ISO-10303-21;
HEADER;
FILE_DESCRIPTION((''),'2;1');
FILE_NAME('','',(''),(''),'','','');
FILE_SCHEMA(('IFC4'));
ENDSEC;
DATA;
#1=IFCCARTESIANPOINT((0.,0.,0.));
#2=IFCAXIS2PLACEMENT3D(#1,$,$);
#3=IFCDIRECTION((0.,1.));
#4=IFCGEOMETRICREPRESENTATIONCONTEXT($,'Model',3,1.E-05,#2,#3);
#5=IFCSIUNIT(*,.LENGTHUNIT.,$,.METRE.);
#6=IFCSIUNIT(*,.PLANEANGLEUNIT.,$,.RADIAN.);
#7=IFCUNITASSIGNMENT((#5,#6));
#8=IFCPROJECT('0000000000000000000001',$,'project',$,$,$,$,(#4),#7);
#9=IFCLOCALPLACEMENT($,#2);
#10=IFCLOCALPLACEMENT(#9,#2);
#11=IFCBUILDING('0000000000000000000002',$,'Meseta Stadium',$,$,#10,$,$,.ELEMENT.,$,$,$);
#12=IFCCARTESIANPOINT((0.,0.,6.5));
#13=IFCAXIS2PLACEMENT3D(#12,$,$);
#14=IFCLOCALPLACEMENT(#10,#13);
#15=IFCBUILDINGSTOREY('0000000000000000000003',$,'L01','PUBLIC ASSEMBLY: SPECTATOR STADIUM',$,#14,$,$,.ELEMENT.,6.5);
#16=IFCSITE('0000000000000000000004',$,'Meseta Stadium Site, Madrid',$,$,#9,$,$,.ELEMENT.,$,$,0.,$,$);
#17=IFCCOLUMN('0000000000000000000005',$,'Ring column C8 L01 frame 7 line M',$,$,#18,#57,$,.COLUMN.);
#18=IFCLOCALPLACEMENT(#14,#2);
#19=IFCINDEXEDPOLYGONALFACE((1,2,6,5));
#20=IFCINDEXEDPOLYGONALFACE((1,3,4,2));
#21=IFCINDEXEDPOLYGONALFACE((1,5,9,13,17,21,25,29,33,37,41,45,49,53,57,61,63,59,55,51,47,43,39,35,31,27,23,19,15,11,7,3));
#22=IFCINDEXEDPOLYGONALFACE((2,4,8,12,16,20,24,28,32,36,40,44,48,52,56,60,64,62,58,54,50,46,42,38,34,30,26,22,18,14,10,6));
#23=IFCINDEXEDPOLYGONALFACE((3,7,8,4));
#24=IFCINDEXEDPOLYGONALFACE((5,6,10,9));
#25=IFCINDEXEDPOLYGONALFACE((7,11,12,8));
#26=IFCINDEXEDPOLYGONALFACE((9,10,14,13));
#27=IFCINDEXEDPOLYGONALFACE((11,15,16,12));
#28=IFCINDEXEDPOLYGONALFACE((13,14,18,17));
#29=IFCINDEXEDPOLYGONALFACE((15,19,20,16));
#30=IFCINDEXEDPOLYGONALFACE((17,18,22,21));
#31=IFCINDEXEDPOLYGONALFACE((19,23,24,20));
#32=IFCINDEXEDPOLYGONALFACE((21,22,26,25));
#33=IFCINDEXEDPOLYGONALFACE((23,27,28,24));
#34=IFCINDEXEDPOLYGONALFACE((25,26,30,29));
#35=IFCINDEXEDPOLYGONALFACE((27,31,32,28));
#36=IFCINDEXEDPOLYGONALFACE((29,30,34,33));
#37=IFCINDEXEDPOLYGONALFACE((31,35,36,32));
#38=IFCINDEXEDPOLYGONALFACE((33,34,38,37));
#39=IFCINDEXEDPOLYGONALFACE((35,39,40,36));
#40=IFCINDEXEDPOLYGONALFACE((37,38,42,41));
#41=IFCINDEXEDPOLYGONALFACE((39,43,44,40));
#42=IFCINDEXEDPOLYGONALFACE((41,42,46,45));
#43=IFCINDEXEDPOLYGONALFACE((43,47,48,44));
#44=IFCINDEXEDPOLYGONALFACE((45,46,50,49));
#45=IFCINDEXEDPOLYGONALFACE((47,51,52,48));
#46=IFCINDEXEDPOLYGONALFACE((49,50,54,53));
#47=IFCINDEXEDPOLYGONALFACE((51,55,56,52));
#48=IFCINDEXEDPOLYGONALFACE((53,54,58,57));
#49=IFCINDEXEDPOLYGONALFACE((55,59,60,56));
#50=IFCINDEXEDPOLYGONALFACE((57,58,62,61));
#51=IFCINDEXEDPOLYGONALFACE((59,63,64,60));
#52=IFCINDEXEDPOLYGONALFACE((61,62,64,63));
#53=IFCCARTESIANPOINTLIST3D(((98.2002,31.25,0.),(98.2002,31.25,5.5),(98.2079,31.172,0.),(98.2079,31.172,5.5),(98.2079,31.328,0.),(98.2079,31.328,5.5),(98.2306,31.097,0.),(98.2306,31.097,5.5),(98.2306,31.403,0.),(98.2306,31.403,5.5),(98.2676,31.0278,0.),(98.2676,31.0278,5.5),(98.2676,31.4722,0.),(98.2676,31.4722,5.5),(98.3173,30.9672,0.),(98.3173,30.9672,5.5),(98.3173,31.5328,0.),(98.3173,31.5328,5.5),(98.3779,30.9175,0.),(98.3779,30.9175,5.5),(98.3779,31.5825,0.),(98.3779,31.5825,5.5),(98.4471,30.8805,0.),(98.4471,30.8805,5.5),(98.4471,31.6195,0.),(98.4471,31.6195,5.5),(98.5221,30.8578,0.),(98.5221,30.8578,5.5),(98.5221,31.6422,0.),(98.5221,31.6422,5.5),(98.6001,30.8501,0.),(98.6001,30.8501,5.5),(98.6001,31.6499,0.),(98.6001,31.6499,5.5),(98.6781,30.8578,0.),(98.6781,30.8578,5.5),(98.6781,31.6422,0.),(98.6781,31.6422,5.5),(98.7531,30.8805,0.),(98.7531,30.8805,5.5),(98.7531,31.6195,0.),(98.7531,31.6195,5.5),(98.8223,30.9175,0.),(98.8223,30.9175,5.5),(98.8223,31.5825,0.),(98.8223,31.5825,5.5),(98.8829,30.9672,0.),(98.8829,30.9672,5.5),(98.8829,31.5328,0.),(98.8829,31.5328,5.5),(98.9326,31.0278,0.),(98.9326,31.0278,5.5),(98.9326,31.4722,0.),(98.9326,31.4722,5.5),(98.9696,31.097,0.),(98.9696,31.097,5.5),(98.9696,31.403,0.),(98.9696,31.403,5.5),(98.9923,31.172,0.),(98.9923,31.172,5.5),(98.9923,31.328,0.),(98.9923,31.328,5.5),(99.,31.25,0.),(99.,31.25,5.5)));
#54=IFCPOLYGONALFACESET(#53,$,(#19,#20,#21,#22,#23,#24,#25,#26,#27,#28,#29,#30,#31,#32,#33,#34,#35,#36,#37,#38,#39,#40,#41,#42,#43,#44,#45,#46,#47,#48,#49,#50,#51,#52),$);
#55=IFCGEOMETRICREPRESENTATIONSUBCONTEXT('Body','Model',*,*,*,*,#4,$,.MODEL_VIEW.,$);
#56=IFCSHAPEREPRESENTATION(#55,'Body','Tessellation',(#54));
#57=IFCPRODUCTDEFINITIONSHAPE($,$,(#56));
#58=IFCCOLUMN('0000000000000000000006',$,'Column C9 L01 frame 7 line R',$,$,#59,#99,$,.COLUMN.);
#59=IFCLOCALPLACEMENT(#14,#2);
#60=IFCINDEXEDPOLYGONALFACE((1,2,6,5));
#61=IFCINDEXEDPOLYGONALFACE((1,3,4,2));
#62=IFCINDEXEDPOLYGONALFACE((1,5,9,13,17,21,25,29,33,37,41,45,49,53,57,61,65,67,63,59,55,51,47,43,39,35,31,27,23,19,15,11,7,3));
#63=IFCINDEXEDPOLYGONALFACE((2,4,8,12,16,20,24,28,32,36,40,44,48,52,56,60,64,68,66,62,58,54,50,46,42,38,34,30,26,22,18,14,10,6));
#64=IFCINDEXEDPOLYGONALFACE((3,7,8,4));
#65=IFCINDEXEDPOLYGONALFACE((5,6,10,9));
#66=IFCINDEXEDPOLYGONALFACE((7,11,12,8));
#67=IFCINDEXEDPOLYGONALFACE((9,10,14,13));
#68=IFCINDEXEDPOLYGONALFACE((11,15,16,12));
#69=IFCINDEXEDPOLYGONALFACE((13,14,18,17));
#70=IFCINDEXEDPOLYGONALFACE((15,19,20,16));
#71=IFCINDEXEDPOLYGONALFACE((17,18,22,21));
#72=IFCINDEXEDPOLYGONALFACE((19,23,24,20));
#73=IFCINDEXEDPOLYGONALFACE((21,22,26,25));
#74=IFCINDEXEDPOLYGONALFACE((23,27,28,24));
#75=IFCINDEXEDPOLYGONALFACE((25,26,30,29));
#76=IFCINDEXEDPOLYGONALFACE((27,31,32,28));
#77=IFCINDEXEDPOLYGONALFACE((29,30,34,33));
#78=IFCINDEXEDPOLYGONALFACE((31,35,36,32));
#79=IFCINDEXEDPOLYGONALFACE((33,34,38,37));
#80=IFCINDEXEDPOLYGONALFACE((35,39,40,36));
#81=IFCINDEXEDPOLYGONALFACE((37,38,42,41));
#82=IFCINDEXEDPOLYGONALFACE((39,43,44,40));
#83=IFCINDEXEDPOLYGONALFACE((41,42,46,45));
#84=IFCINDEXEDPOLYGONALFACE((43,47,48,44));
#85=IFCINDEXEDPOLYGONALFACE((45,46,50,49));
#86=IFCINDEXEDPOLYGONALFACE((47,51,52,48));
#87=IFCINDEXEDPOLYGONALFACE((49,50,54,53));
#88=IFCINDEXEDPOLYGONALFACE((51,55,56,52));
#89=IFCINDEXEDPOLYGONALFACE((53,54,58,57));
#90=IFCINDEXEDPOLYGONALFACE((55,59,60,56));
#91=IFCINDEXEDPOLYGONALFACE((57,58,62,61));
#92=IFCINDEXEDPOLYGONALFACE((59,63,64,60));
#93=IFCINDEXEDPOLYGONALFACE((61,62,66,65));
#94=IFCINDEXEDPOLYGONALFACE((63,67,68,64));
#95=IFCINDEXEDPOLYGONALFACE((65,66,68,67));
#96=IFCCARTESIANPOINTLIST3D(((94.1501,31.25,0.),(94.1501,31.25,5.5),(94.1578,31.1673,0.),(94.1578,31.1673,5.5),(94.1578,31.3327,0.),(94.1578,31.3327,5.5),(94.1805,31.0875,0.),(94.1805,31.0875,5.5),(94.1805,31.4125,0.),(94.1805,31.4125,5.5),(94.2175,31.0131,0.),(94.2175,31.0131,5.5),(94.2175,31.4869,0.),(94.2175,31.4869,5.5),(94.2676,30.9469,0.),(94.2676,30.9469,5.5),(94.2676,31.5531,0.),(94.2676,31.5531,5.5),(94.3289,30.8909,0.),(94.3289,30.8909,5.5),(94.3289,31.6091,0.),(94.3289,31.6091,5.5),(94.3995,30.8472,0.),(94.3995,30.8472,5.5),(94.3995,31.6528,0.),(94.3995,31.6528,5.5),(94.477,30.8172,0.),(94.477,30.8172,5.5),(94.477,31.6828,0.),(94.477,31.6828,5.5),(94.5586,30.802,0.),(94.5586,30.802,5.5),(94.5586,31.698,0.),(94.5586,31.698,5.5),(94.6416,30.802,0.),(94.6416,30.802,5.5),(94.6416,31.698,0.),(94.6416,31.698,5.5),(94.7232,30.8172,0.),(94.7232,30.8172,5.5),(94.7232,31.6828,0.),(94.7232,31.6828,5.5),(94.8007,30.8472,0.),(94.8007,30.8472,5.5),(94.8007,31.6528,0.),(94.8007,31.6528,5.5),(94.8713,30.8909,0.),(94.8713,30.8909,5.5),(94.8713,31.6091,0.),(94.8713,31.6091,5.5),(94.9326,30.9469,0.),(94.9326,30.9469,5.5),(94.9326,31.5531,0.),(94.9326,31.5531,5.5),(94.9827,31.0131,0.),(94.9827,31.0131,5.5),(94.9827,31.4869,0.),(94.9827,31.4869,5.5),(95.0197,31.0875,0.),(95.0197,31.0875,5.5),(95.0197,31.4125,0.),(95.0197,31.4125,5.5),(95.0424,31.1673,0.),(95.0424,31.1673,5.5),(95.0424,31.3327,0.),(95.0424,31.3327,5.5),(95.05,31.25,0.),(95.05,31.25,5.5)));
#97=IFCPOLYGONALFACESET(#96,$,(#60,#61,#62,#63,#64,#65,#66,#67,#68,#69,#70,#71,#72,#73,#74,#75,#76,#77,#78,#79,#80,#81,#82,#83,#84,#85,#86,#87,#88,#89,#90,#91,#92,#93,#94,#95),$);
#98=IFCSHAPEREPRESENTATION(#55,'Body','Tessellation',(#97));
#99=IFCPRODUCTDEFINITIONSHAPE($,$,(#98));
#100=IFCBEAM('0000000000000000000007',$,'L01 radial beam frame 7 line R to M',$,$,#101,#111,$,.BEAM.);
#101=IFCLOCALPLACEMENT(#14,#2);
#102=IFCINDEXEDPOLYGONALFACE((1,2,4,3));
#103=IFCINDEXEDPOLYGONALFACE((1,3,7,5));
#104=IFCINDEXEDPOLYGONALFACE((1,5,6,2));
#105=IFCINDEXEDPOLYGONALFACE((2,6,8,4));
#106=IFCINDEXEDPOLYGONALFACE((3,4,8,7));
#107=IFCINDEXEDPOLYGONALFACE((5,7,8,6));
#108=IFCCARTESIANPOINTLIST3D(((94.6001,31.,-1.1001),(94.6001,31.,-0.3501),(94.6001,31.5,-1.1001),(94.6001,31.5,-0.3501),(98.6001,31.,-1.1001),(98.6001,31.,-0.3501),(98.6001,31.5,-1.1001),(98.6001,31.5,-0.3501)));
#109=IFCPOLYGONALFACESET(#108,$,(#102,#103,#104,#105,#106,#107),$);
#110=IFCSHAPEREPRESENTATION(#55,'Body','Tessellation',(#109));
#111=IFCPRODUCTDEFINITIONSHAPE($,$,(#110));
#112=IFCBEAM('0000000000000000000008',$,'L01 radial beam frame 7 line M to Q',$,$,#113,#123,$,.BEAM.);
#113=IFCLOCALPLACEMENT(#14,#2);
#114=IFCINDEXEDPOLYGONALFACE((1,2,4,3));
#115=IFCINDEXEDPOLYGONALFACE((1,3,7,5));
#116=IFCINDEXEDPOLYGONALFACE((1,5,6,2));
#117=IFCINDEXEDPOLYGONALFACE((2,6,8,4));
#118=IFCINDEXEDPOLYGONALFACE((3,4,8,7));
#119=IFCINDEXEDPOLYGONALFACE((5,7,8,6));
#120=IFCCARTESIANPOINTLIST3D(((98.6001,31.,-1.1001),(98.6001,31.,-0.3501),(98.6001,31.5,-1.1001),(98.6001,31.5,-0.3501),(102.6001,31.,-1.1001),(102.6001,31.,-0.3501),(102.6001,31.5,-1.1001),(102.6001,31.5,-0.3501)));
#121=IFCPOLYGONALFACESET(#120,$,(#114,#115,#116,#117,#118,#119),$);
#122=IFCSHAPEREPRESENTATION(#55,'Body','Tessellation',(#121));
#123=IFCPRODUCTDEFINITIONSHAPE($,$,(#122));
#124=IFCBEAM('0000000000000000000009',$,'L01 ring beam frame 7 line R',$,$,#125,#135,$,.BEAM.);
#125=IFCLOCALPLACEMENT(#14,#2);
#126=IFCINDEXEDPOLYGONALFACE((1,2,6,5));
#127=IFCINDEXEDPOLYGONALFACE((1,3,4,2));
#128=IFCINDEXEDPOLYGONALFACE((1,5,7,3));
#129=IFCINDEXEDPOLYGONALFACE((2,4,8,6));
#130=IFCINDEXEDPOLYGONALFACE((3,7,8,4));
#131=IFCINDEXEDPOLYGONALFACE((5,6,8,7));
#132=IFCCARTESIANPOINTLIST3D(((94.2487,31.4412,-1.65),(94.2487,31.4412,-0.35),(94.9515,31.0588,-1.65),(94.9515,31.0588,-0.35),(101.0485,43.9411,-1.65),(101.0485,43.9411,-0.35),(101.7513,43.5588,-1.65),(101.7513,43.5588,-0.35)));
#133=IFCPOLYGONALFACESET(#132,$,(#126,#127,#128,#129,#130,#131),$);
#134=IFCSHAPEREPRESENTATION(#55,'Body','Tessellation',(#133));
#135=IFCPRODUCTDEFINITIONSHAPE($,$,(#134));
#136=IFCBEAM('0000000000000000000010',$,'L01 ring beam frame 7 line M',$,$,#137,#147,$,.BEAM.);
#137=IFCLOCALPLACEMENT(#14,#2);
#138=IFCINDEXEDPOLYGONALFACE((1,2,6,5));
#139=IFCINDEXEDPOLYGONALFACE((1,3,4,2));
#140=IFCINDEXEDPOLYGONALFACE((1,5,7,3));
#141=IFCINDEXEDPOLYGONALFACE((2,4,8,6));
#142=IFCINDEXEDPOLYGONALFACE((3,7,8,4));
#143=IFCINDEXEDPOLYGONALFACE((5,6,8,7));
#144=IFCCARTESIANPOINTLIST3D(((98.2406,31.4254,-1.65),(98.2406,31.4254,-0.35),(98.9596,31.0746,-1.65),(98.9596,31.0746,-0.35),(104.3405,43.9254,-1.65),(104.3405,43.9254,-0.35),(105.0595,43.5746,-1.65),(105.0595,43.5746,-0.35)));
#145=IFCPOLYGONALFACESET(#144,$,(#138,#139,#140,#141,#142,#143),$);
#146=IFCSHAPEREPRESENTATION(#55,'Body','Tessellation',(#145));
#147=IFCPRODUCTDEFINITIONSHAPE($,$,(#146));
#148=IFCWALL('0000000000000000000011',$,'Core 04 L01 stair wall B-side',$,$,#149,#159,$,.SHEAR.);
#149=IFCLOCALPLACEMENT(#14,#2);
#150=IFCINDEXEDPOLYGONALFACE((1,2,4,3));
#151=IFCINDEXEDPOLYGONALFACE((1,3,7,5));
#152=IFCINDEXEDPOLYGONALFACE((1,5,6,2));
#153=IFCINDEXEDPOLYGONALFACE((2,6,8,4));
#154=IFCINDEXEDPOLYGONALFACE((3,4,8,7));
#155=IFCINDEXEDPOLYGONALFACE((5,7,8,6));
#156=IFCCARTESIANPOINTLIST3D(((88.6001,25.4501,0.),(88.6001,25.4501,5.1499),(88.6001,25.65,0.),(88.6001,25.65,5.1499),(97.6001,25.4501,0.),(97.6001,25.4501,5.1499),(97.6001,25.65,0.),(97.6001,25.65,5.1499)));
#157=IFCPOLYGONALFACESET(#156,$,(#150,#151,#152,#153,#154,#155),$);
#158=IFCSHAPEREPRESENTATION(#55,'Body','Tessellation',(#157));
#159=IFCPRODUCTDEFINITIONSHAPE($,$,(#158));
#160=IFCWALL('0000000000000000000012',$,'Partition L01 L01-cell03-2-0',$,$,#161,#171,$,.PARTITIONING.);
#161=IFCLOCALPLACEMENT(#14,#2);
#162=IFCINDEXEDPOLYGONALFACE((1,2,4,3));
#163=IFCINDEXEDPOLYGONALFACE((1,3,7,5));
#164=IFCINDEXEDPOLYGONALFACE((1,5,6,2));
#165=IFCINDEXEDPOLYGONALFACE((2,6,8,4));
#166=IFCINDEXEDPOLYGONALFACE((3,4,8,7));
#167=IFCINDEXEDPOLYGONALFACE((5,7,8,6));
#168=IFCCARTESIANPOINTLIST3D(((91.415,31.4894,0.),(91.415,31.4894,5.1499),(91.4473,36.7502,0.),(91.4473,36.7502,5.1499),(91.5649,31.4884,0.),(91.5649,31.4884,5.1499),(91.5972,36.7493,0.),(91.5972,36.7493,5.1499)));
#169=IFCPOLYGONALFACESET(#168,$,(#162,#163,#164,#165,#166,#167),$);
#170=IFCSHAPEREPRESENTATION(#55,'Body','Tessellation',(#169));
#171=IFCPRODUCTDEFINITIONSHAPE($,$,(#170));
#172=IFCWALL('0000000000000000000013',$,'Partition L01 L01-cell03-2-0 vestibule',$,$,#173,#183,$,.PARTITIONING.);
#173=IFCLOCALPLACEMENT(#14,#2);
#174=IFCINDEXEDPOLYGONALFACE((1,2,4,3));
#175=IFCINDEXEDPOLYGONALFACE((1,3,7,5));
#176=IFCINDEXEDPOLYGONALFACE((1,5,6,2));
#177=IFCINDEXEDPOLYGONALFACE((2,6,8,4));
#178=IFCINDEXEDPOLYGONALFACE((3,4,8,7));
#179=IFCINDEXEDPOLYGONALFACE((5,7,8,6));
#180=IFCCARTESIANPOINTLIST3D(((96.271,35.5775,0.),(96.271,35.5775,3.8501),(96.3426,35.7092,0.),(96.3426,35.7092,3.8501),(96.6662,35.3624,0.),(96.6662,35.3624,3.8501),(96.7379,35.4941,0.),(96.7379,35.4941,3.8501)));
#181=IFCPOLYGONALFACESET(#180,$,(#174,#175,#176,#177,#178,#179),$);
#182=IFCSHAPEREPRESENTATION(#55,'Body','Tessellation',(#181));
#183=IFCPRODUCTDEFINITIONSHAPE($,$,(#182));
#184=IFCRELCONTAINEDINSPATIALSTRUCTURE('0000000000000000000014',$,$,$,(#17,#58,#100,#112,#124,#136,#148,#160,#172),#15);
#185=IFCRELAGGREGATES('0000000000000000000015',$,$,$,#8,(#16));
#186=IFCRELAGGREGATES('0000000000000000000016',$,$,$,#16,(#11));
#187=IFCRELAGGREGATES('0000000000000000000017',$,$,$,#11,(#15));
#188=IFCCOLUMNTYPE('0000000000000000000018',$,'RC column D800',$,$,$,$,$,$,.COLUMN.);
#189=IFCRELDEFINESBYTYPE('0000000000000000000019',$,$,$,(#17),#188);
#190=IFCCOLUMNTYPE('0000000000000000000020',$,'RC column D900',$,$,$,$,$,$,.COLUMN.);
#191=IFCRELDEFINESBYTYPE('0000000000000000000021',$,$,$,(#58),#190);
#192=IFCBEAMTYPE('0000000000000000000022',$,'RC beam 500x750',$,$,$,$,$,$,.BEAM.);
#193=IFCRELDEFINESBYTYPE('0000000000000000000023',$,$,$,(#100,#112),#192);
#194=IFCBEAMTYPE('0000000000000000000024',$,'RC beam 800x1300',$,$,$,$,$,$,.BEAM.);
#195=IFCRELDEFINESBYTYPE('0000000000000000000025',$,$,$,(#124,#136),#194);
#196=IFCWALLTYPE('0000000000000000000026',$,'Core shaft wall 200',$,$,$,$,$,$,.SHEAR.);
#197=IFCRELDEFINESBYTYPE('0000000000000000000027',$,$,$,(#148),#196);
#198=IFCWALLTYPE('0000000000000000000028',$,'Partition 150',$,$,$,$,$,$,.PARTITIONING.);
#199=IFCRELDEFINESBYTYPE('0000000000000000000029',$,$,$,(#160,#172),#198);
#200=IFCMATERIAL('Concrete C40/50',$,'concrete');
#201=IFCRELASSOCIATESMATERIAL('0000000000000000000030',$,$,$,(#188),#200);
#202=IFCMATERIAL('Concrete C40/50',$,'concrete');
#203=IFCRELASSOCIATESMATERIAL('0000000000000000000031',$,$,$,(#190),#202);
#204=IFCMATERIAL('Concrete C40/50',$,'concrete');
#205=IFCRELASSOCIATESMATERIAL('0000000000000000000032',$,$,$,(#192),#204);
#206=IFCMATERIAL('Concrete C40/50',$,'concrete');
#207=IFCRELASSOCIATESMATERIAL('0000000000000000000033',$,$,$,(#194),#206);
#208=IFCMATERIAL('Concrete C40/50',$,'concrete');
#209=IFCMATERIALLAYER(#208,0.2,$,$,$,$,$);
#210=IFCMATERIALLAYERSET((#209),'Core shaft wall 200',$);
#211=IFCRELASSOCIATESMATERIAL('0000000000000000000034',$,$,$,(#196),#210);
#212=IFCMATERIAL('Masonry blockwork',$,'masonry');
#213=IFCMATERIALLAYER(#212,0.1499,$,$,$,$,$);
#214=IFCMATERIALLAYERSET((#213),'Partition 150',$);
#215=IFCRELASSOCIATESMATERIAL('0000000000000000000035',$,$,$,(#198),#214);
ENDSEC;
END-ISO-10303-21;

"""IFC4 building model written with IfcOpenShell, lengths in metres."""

from ifc_helpers import new_model, si_unit, direction, frame, frame_2d, origin, origin_2d, place, context, subcontext, project, spatial, rectangle, circle, extrude, material, layer, layer_set, material_profile, profile_set, type_object, element, save


model = new_model("IFC4")

# Units and contexts
model_context = context("Model", 3, precision=1e-05, world=origin(), true_north=direction((0.0, 1.0)))
body_context = subcontext(model_context, "Body", "Model", "MODEL_VIEW")
ifc_project = project(units=[si_unit("LENGTHUNIT", "METRE"), si_unit("PLANEANGLEUNIT", "RADIAN")], contexts=[model_context])

# Site, building, storey
site_placement = place(None, origin())
site = spatial("IfcSite", under=ifc_project, at=site_placement, Name="Meseta Stadium Site, Madrid", CompositionType="ELEMENT", RefElevation=0.0)
building_placement = place(site_placement, origin())
building = spatial("IfcBuilding", under=site, at=building_placement, Name="Meseta Stadium", CompositionType="ELEMENT")
storey_placement = place(building_placement, frame((0.0, 0.0, 6.5)))
storey = spatial("IfcBuildingStorey", under=building, at=storey_placement, Name="L01", Description="PUBLIC ASSEMBLY: SPECTATOR STADIUM", CompositionType="ELEMENT", Elevation=6.5)

# Columns
ifc_material_1 = material(Name="Concrete C40/50", Category="concrete")
ifc_material_profile_1 = material_profile(ifc_material_1, circle(Radius=0.3999, at=origin_2d()), Name="RC D800")
ifc_profile_set_1 = profile_set([ifc_material_profile_1], Name="Concrete C40/50")
column_type_1 = type_object("IfcColumnType", Name="RC column D800", PredefinedType="COLUMN", material=ifc_profile_set_1)
column_1_placement = place(storey_placement, frame((98.6001, 31.25, 0.0), z_axis=(0.0, 0.0, 1.0), x_axis=(1.0, 0.0, 0.0)))
element("IfcColumn", 1, at=column_1_placement, inside=storey, type_object=column_type_1, Name="Ring column C8 L01 frame 7 line M", PredefinedType="COLUMN", context=body_context, shape_type="SweptSolid", body=[
    extrude(circle(Radius=0.3999, at=origin_2d()), origin(), (0.0, 0.0, 1.0), 5.5),
])
ifc_material_2 = material(Name="Concrete C40/50", Category="concrete")
ifc_material_profile_2 = material_profile(ifc_material_2, circle(Radius=0.45, at=origin_2d()), Name="RC D900")
ifc_profile_set_2 = profile_set([ifc_material_profile_2], Name="Concrete C40/50")
column_type_2 = type_object("IfcColumnType", Name="RC column D900", PredefinedType="COLUMN", material=ifc_profile_set_2)
column_2_placement = place(storey_placement, frame((94.6001, 31.25, 0.0), z_axis=(0.0, 0.0, 1.0), x_axis=(1.0, 0.0, 0.0)))
element("IfcColumn", 2, at=column_2_placement, inside=storey, type_object=column_type_2, Name="Column C9 L01 frame 7 line R", PredefinedType="COLUMN", context=body_context, shape_type="SweptSolid", body=[
    extrude(circle(Radius=0.45, at=origin_2d()), origin(), (0.0, 0.0, 1.0), 5.5),
])

# Beams
ifc_material_3 = material(Name="Concrete C40/50", Category="concrete")
ifc_material_profile_3 = material_profile(ifc_material_3, rectangle(XDim=0.5, YDim=0.75, at=origin_2d()), Name="RC 500x750")
ifc_profile_set_3 = profile_set([ifc_material_profile_3], Name="Concrete C40/50")
beam_type_1 = type_object("IfcBeamType", Name="RC beam 500x750", PredefinedType="BEAM", material=ifc_profile_set_3)
for number, where, z_axis, x_axis, name in (
    (3, (94.6001, 31.25, -0.7251), (1.0, 0.0, 0.0), (0.0, 1.0, 0.0), "L01 radial beam frame 7 line R to M"),
    (4, (98.6001, 31.25, -0.7251), (1.0, 0.0, 0.0), (0.0, 1.0, 0.0), "L01 radial beam frame 7 line M to Q"),
):
    element("IfcBeam", number, at=place(storey_placement, frame(where, z_axis=z_axis, x_axis=x_axis)), inside=storey, type_object=beam_type_1, Name=name, PredefinedType="BEAM", context=body_context, shape_type="SweptSolid", body=[
        extrude(rectangle(XDim=0.5, YDim=0.75, at=origin_2d()), origin(), (0.0, 0.0, 1.0), 4.0),
    ])
ifc_material_4 = material(Name="Concrete C40/50", Category="concrete")
ifc_material_profile_4 = material_profile(ifc_material_4, rectangle(XDim=0.8, YDim=1.3, at=origin_2d()), Name="RC 800x1300")
ifc_profile_set_4 = profile_set([ifc_material_profile_4], Name="Concrete C40/50")
beam_type_2 = type_object("IfcBeamType", Name="RC beam 800x1300", PredefinedType="BEAM", material=ifc_profile_set_4)
beam_1_placement = place(storey_placement, frame((94.6001, 31.25, -1.0), z_axis=(0.477856, 0.878438, 0.0), x_axis=(-0.878438, 0.477856, 0.0)))
element("IfcBeam", 5, at=beam_1_placement, inside=storey, type_object=beam_type_2, Name="L01 ring beam frame 7 line R", PredefinedType="BEAM", context=body_context, shape_type="SweptSolid", body=[
    extrude(rectangle(XDim=0.8, YDim=1.3, at=origin_2d()), origin(), (0.0, 0.0, 1.0), 14.2297),
])
beam_2_placement = place(storey_placement, frame((98.6001, 31.25, -1.0), z_axis=(0.438557, 0.898703, 0.0), x_axis=(-0.898703, 0.438557, 0.0)))
element("IfcBeam", 6, at=beam_2_placement, inside=storey, type_object=beam_type_2, Name="L01 ring beam frame 7 line M", PredefinedType="BEAM", context=body_context, shape_type="SweptSolid", body=[
    extrude(rectangle(XDim=0.8, YDim=1.3, at=origin_2d()), origin(), (0.0, 0.0, 1.0), 13.9089),
])

# Walls
ifc_material_5 = material(Name="Concrete C40/50", Category="concrete")
ifc_layer_1 = layer(ifc_material_5, 0.2)
ifc_layer_set_1 = layer_set([ifc_layer_1], Name="Core shaft wall 200")
wall_type_1 = type_object("IfcWallType", Name="Core shaft wall 200", PredefinedType="SHEAR", material=ifc_layer_set_1)
wall_1_placement = place(storey_placement, frame((97.6001, 25.55, 0.0), z_axis=(0.0, 0.0, 1.0), x_axis=(-1.0, 0.0, 0.0)))
element("IfcWall", 7, at=wall_1_placement, inside=storey, type_object=wall_type_1, Name="Core 04 L01 stair wall B-side", PredefinedType="SHEAR", context=body_context, shape_type="SweptSolid", body=[
    extrude(rectangle(XDim=9.0, YDim=0.2, at=frame_2d((4.5, 0.0))), origin(), (0.0, 0.0, 1.0), 5.1499),
])
ifc_material_6 = material(Name="Masonry blockwork", Category="masonry")
ifc_layer_2 = layer(ifc_material_6, 0.1499)
ifc_layer_set_2 = layer_set([ifc_layer_2], Name="Partition 150")
wall_type_2 = type_object("IfcWallType", Name="Partition 150", PredefinedType="PARTITIONING", material=ifc_layer_set_2)
wall_2_placement = place(storey_placement, frame((91.49, 31.489, 0.0), z_axis=(0.0, 0.0, 1.0), x_axis=(0.006125, 0.999981, 0.0)))
element("IfcWall", 8, at=wall_2_placement, inside=storey, type_object=wall_type_2, Name="Partition L01 L01-cell03-2-0", PredefinedType="PARTITIONING", context=body_context, shape_type="SweptSolid", body=[
    extrude(rectangle(XDim=5.261, YDim=0.1499, at=frame_2d((2.6304, 0.0))), origin(), (0.0, 0.0, 1.0), 5.1499),
])
wall_3_placement = place(storey_placement, frame((96.7021, 35.4282, 0.0), z_axis=(0.0, 0.0, 1.0), x_axis=(-0.878372, 0.477978, 0.0)))
element("IfcWall", 9, at=wall_3_placement, inside=storey, type_object=wall_type_2, Name="Partition L01 L01-cell03-2-0 vestibule", PredefinedType="PARTITIONING", context=body_context, shape_type="SweptSolid", body=[
    extrude(rectangle(XDim=0.45, YDim=0.1499, at=frame_2d((0.2251, 0.0))), origin(), (0.0, 0.0, 1.0), 3.8501),
])

save(model, "model.ifc")
